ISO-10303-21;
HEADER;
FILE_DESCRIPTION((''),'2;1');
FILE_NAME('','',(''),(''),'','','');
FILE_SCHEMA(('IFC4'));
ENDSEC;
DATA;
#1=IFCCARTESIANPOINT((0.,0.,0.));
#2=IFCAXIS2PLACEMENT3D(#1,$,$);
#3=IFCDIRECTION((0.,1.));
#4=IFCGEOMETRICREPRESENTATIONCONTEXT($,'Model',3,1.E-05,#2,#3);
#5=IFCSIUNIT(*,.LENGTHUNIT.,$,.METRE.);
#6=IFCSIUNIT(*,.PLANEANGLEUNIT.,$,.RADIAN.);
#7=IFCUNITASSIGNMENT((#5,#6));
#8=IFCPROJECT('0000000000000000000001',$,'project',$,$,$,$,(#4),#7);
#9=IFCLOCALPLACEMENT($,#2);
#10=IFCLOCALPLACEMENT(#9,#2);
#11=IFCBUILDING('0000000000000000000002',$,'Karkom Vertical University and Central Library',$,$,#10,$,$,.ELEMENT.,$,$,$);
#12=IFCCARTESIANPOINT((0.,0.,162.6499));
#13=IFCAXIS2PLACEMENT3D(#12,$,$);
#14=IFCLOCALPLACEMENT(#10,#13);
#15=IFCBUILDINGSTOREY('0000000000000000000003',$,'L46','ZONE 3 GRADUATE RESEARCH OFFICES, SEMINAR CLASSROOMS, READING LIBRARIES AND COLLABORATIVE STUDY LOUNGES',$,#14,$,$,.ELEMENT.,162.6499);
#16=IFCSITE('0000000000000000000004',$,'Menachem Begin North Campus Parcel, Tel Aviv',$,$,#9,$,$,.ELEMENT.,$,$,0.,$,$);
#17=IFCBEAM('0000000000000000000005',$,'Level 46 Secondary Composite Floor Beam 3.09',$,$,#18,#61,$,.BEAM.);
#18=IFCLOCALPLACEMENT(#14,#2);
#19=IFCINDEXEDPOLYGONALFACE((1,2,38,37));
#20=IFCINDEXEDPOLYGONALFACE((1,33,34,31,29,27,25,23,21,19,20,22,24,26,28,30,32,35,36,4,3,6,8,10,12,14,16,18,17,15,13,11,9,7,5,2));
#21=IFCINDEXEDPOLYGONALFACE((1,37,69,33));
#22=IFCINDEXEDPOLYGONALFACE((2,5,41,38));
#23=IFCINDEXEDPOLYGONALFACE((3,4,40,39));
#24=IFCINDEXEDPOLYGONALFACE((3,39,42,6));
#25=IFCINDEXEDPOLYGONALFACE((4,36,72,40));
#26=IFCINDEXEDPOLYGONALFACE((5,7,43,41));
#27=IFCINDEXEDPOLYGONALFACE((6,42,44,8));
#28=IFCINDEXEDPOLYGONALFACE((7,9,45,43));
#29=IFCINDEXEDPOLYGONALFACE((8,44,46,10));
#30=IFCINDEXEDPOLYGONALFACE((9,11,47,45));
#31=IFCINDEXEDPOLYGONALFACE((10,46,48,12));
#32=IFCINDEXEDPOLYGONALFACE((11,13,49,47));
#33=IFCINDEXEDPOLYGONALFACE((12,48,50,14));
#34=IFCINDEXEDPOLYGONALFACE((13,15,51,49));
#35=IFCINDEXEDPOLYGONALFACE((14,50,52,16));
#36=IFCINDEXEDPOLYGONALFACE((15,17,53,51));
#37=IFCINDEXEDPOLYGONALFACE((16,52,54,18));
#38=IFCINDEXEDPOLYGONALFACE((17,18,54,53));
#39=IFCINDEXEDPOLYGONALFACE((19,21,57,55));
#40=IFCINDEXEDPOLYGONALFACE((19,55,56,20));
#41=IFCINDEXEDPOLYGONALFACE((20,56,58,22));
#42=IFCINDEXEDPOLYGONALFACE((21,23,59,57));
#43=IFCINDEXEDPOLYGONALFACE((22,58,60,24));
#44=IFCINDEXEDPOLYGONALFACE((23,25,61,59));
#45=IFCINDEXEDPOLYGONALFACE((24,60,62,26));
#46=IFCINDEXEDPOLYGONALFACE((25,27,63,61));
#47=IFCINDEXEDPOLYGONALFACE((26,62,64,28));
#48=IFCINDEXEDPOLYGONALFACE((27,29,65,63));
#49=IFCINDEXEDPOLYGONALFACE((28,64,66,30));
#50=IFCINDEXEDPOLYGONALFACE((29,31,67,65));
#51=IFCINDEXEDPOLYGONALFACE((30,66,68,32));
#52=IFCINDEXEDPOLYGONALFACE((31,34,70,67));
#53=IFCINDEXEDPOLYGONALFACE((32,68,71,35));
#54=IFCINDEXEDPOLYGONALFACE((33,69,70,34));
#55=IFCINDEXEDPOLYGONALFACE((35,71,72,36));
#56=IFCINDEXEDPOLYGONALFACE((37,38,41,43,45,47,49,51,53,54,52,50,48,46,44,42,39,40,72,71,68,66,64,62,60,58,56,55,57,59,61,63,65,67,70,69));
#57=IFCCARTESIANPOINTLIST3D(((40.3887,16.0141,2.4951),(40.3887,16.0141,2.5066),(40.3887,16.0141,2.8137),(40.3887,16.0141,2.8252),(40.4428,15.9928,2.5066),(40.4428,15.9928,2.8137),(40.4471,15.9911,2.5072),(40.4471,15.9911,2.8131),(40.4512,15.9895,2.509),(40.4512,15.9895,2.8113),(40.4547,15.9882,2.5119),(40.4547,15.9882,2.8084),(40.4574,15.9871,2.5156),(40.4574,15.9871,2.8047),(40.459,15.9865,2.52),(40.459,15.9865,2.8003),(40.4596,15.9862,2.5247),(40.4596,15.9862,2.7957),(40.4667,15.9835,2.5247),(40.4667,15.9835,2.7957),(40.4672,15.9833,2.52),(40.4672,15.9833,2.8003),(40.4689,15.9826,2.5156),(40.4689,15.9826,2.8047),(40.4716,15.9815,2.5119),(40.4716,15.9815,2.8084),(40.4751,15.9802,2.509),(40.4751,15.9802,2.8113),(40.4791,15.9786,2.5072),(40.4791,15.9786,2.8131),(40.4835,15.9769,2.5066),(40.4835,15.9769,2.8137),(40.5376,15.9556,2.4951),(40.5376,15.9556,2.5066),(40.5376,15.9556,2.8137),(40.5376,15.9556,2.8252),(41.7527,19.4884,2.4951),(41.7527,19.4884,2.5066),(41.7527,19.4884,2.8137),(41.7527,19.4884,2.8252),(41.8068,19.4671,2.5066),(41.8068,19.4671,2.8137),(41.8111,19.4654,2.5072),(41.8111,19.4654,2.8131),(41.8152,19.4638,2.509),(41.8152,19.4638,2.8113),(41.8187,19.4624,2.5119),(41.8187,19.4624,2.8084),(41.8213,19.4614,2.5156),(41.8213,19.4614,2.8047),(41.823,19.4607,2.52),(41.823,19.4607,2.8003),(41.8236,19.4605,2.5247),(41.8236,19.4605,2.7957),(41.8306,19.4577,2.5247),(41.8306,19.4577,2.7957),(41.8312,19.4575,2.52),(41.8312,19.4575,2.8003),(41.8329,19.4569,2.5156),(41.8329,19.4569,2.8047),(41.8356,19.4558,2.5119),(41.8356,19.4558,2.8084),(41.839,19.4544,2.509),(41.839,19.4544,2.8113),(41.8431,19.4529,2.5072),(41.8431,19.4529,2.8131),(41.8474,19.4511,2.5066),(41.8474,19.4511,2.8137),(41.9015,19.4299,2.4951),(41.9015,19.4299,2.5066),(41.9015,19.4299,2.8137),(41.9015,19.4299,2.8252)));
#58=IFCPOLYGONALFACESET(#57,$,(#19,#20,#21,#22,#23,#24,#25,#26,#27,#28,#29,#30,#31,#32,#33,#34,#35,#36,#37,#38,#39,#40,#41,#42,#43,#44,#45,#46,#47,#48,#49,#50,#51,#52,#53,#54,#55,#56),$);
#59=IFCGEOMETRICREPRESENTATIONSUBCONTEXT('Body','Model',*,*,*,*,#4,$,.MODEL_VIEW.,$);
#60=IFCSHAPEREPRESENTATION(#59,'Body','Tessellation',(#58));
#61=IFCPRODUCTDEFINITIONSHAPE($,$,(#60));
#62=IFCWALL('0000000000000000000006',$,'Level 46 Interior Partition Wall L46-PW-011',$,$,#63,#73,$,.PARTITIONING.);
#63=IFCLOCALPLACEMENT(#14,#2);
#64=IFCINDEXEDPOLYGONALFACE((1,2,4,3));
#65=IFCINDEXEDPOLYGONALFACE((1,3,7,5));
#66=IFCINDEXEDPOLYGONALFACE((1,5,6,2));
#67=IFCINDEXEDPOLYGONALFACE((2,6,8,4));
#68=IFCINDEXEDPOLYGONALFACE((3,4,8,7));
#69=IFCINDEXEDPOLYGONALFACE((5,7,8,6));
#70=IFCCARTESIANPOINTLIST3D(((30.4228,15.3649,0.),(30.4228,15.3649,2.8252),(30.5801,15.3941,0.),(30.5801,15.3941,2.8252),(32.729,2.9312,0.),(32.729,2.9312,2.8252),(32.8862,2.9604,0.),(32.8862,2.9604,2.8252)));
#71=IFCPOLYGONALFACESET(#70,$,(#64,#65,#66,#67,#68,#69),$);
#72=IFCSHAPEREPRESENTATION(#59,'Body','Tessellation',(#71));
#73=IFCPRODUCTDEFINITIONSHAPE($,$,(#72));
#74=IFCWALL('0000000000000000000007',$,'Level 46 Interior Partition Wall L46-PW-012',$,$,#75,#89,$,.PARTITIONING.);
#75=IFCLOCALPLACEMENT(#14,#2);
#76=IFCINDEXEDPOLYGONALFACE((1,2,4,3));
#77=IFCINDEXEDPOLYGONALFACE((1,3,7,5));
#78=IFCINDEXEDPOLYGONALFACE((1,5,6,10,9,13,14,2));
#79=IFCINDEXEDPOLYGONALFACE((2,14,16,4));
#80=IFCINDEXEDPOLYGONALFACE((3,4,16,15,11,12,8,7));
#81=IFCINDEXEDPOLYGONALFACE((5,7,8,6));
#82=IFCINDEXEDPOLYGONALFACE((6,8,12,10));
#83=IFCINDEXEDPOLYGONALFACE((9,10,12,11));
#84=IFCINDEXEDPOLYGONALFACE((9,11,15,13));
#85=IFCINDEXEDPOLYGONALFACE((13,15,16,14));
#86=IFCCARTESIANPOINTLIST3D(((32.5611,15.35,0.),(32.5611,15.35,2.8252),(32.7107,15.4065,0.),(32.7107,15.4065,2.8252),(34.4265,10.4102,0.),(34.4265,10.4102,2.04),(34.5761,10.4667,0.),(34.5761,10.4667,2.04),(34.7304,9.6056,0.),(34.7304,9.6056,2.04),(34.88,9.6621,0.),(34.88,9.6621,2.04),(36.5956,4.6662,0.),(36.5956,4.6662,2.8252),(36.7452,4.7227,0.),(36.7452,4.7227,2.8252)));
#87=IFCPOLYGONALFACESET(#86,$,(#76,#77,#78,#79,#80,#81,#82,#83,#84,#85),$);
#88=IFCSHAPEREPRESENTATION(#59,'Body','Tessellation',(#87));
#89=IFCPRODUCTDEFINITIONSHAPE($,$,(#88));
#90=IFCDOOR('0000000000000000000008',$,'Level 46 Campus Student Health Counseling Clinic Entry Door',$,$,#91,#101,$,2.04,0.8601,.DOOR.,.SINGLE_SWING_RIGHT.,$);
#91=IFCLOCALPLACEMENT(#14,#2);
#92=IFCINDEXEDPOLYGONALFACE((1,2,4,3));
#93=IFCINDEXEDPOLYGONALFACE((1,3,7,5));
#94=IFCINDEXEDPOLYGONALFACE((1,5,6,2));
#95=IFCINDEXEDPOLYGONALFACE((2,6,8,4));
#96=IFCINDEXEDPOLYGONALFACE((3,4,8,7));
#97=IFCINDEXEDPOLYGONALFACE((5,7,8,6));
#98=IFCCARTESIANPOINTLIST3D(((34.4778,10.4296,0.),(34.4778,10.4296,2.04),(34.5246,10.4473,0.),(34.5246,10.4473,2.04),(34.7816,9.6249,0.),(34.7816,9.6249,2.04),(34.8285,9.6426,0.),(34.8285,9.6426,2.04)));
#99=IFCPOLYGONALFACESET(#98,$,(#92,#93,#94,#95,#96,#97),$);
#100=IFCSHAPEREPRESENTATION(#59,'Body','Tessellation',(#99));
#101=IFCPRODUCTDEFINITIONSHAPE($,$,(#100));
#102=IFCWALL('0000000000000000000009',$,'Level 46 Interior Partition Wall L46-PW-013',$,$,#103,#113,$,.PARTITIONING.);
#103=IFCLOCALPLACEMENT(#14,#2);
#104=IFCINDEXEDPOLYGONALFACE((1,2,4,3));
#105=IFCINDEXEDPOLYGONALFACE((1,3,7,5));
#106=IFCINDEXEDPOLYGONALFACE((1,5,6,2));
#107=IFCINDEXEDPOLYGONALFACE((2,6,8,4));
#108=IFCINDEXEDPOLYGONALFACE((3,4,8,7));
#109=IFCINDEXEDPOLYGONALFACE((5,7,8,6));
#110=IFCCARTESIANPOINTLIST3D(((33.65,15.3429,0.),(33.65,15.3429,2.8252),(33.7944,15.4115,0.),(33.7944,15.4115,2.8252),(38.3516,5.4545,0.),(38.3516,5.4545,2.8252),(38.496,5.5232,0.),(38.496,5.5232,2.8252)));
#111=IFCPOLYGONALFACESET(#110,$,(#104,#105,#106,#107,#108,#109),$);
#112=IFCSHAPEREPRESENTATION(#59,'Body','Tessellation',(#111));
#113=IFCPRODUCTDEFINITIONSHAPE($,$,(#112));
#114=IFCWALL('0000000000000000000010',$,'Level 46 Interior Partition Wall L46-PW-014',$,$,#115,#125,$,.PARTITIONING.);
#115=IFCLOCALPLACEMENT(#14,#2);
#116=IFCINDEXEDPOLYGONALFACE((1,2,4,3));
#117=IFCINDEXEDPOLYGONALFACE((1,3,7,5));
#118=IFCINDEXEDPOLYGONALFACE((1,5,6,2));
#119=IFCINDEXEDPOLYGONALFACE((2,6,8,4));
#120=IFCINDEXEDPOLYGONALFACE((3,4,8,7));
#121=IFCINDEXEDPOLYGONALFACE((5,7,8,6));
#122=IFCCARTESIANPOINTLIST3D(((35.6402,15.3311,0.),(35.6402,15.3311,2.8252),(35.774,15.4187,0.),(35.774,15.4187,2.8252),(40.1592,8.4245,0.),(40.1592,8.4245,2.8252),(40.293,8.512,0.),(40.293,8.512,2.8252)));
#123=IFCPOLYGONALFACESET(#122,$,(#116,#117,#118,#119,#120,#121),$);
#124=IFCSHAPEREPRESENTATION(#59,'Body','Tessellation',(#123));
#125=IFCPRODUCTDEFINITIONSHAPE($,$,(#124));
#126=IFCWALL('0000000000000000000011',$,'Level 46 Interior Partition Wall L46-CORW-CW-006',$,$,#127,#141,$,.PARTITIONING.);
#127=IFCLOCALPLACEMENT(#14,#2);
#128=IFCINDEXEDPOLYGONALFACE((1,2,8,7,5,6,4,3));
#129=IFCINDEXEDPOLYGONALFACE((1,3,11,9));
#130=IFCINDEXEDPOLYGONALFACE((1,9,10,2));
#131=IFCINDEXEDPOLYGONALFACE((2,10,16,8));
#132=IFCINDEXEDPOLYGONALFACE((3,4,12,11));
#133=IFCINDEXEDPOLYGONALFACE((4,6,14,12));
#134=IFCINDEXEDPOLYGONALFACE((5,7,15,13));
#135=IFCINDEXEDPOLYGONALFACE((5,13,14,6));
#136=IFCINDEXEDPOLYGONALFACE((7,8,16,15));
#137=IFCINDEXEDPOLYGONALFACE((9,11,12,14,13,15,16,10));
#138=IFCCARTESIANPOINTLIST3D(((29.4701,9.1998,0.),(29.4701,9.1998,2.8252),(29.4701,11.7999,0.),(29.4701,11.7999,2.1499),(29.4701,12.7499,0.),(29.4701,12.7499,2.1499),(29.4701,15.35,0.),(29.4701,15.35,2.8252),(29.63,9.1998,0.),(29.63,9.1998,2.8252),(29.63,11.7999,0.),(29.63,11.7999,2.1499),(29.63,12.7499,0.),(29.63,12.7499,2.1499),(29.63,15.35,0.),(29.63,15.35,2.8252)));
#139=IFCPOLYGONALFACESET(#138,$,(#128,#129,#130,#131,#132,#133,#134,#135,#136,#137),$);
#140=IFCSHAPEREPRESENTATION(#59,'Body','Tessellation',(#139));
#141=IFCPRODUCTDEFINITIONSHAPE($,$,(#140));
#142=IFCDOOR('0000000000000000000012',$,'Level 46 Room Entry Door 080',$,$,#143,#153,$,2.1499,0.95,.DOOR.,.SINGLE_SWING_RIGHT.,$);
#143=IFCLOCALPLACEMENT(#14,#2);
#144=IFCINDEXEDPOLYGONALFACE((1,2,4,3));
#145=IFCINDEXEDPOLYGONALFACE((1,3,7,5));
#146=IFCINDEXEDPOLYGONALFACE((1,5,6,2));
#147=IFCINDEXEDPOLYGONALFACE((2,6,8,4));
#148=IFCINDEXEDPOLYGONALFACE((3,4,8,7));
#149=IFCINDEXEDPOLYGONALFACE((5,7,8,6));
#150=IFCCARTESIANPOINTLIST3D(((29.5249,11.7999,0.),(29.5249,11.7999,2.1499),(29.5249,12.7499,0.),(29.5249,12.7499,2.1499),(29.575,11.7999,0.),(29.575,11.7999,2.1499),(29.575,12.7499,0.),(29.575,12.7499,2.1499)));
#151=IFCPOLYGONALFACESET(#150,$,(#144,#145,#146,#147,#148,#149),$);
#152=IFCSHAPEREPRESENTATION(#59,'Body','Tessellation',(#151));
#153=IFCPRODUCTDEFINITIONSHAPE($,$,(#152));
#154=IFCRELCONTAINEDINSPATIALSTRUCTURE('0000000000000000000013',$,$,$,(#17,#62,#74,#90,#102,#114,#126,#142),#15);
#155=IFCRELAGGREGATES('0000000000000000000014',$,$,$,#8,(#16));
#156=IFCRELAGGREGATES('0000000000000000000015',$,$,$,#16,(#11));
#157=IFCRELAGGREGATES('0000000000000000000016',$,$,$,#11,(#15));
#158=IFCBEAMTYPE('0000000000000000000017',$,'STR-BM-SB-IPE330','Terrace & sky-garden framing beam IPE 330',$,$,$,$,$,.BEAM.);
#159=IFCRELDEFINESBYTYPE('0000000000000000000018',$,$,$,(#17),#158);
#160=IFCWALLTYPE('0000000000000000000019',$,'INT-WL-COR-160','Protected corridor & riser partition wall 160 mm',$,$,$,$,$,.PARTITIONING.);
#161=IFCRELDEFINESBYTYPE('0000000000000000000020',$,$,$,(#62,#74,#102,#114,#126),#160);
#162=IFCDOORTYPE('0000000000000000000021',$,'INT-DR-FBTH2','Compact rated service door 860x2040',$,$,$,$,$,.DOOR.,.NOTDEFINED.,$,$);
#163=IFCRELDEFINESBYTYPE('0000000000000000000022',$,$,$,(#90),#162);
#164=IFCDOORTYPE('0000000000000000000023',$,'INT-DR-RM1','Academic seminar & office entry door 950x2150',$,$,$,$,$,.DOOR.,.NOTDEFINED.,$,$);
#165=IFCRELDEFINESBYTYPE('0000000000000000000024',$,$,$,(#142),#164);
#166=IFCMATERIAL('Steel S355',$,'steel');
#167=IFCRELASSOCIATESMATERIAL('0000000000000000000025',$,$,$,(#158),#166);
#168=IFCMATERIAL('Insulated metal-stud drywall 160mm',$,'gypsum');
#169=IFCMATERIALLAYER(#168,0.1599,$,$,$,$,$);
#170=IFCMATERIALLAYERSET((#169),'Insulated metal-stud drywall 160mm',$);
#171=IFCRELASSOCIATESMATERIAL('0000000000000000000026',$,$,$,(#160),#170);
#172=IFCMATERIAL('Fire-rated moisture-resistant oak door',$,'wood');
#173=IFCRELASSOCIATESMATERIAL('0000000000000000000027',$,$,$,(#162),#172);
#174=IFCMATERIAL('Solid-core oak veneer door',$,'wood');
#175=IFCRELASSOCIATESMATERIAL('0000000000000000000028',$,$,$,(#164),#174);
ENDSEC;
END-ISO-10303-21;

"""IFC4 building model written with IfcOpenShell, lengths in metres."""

from ifc_helpers import new_model, si_unit, direction, frame, frame_2d, origin, origin_with_axes, origin_2d, place, context, subcontext, project, spatial, rectangle, i_section, extrude, source, transform, mapped, material, layer, layer_set, material_profile, profile_set, type_object, element, fill, save


model = new_model("IFC4")

# Units and contexts
model_context = context("Model", 3, precision=1e-05, world=origin(), true_north=direction((0.0, 1.0)))
body_context = subcontext(model_context, "Body", "Model", "MODEL_VIEW")
ifc_project = project(units=[si_unit("LENGTHUNIT", "METRE"), si_unit("PLANEANGLEUNIT", "RADIAN")], contexts=[model_context])

# Site, building, storey
site_placement = place(None, origin())
site = spatial("IfcSite", under=ifc_project, at=site_placement, Name="Menachem Begin North Campus Parcel, Tel Aviv", CompositionType="ELEMENT", RefElevation=0.0)
building_placement = place(site_placement, origin())
building = spatial("IfcBuilding", under=site, at=building_placement, Name="Karkom Vertical University and Central Library", CompositionType="ELEMENT")
storey_placement = place(building_placement, frame((0.0, 0.0, 162.6499)))
storey = spatial("IfcBuildingStorey", under=building, at=storey_placement, Name="L46", Description="ZONE 3 GRADUATE RESEARCH OFFICES, SEMINAR CLASSROOMS, READING LIBRARIES AND COLLABORATIVE STUDY LOUNGES", CompositionType="ELEMENT", Elevation=162.6499)

# Beam
ifc_material_1 = material(Name="Steel S355", Category="steel")
ifc_material_profile_1 = material_profile(ifc_material_1, i_section(OverallWidth=0.1599, OverallDepth=0.3301, WebThickness=0.0076, FlangeThickness=0.0115, FilletRadius=0.0181, at=origin_2d()), Name="IPE 330")
ifc_profile_set_1 = profile_set([ifc_material_profile_1], Name="Steel S355")
beam_type_1 = type_object("IfcBeamType", Name="STR-BM-SB-IPE330", Description="Terrace & sky-garden framing beam IPE 330", PredefinedType="BEAM", material=ifc_profile_set_1)
shared_shape_1 = source(origin_with_axes(), body_context, "Body", "SweptSolid", [
    extrude(i_section(OverallWidth=0.1599, OverallDepth=0.3301, WebThickness=0.0076, FlangeThickness=0.0115, FilletRadius=0.0181, at=origin_2d()), origin(), (0.0, 0.0, 1.0), 3.7324),
])
beam_1_placement = place(storey_placement, frame((40.4631, 15.9849, 2.6602), z_axis=(0.36544, 0.930835, 0.0), x_axis=(-0.930835, 0.36544, 0.0)))
element("IfcBeam", 1, at=beam_1_placement, inside=storey, type_object=beam_type_1, Name="Level 46 Secondary Composite Floor Beam 3.09", PredefinedType="BEAM", context=body_context, shape_type="MappedRepresentation", body=[
    mapped(shared_shape_1, transform((0.0, 0.0, 0.0), scale=1.0)),
])

# Wall
ifc_material_2 = material(Name="Insulated metal-stud drywall 160mm", Category="gypsum")
ifc_layer = layer(ifc_material_2, 0.1599)
ifc_layer_set = layer_set([ifc_layer], Name="Insulated metal-stud drywall 160mm")
wall_type = type_object("IfcWallType", Name="INT-WL-COR-160", Description="Protected corridor & riser partition wall 160 mm", PredefinedType="PARTITIONING", material=ifc_layer_set)
wall_1_placement = place(storey_placement, frame((30.5015, 15.3794, 0.0), z_axis=(0.0, 0.0, 1.0), x_axis=(0.182367, -0.98323, 0.0)))
element("IfcWall", 2, at=wall_1_placement, inside=storey, type_object=wall_type, Name="Level 46 Interior Partition Wall L46-PW-011", PredefinedType="PARTITIONING", context=body_context, shape_type="SweptSolid", body=[
    extrude(rectangle(XDim=12.6458, YDim=0.1599, at=frame_2d((6.3228, 0.0))), origin(), (0.0, 0.0, 1.0), 2.8252),
])

# Wall, opening, door
wall_2_placement = place(storey_placement, frame((32.636, 15.3782, 0.0), z_axis=(0.0, 0.0, 1.0), x_axis=(0.353271, -0.935521, 0.0)))
wall_2 = element("IfcWall", 3, at=wall_2_placement, inside=storey, type_object=wall_type, Name="Level 46 Interior Partition Wall L46-PW-012", PredefinedType="PARTITIONING", context=body_context, shape_type="SweptSolid", body=[
    extrude(rectangle(XDim=11.4202, YDim=0.1599, at=frame_2d((5.71, 0.0))), origin(), (0.0, 0.0, 1.0), 2.8252),
])
opening_1_placement = place(wall_2_placement, frame((5.28, 0.0, 0.0)))
opening_1 = element("IfcOpeningElement", 4, at=opening_1_placement, cuts=wall_2, PredefinedType="OPENING", context=body_context, shape_type="SweptSolid", body=[
    extrude(rectangle(XDim=0.8601, YDim=2.04, at=frame_2d((0.4302, 1.02))), frame((0.0, 0.0898, 0.0), z_axis=(0.0, -1.0, 0.0), x_axis=(1.0, 0.0, 0.0)), (0.0, 0.0, 1.0), 0.1799),
])
ifc_material_3 = material(Name="Fire-rated moisture-resistant oak door", Category="wood")
door_type_1 = type_object("IfcDoorType", Name="INT-DR-FBTH2", Description="Compact rated service door 860x2040", OperationType="NOTDEFINED", PredefinedType="DOOR", material=ifc_material_3)
shared_shape_2 = source(origin_with_axes(), body_context, "Body", "SweptSolid", [
    extrude(rectangle(XDim=0.8601, YDim=2.04, at=frame_2d((0.4302, 1.02))), frame((0.0, 0.0249, 0.0), z_axis=(0.0, -1.0, 0.0), x_axis=(1.0, 0.0, 0.0)), (0.0, 0.0, 1.0), 0.05),
])
door_1_placement = place(opening_1_placement, origin())
door_1 = element("IfcDoor", 5, at=door_1_placement, inside=storey, type_object=door_type_1, Name="Level 46 Campus Student Health Counseling Clinic Entry Door", OperationType="SINGLE_SWING_RIGHT", OverallHeight=2.04, OverallWidth=0.8601, PredefinedType="DOOR", context=body_context, shape_type="MappedRepresentation", body=[
    mapped(shared_shape_2, transform((0.0, 0.0, 0.0), scale=1.0)),
])
fill(opening_1, door_1)

# Wall
wall_3_placement = place(storey_placement, frame((33.7222, 15.3772, 0.0), z_axis=(0.0, 0.0, 1.0), x_axis=(0.429404, -0.903113, 0.0)))
element("IfcWall", 6, at=wall_3_placement, inside=storey, type_object=wall_type, Name="Level 46 Interior Partition Wall L46-PW-013", PredefinedType="PARTITIONING", context=body_context, shape_type="SweptSolid", body=[
    extrude(rectangle(XDim=10.9492, YDim=0.1599, at=frame_2d((5.4746, 0.0))), origin(), (0.0, 0.0, 1.0), 2.8252),
])

# Shared definitions
ifc_material_4 = material(Name="Solid-core oak veneer door", Category="wood")
door_type_2 = type_object("IfcDoorType", Name="INT-DR-RM1", Description="Academic seminar & office entry door 950x2150", OperationType="NOTDEFINED", PredefinedType="DOOR", material=ifc_material_4)
shared_shape_3 = source(origin_with_axes(), body_context, "Body", "SweptSolid", [
    extrude(rectangle(XDim=0.95, YDim=2.1499, at=frame_2d((0.4751, 1.075))), frame((0.0, 0.0249, 0.0), z_axis=(0.0, -1.0, 0.0), x_axis=(1.0, 0.0, 0.0)), (0.0, 0.0, 1.0), 0.05),
])

# Wall
wall_4_placement = place(storey_placement, frame((35.707, 15.375, 0.0), z_axis=(0.0, 0.0, 1.0), x_axis=(0.547512, -0.836798, 0.0)))
element("IfcWall", 7, at=wall_4_placement, inside=storey, type_object=wall_type, Name="Level 46 Interior Partition Wall L46-PW-014", PredefinedType="PARTITIONING", context=body_context, shape_type="SweptSolid", body=[
    extrude(rectangle(XDim=8.2537, YDim=0.1599, at=frame_2d((4.127, 0.0))), origin(), (0.0, 0.0, 1.0), 2.8252),
])

# Wall, opening, door
wall_5_placement = place(storey_placement, frame((29.55, 15.3501, 0.0), z_axis=(0.0, 0.0, 1.0), x_axis=(0.0, -1.0, 0.0)))
wall_5 = element("IfcWall", 8, at=wall_5_placement, inside=storey, type_object=wall_type, Name="Level 46 Interior Partition Wall L46-CORW-CW-006", PredefinedType="PARTITIONING", context=body_context, shape_type="SweptSolid", body=[
    extrude(rectangle(XDim=6.1501, YDim=0.1599, at=frame_2d((3.0752, 0.0))), origin(), (0.0, 0.0, 1.0), 2.8252),
])
opening_2_placement = place(wall_5_placement, frame((2.6001, 0.0, 0.0)))
opening_2 = element("IfcOpeningElement", 9, at=opening_2_placement, cuts=wall_5, PredefinedType="OPENING", context=body_context, shape_type="SweptSolid", body=[
    extrude(rectangle(XDim=0.95, YDim=2.1499, at=frame_2d((0.4751, 1.075))), frame((0.0, 0.0898, 0.0), z_axis=(0.0, -1.0, 0.0), x_axis=(1.0, 0.0, 0.0)), (0.0, 0.0, 1.0), 0.1799),
])
door_2_placement = place(opening_2_placement, origin())
door_2 = element("IfcDoor", 10, at=door_2_placement, inside=storey, type_object=door_type_2, Name="Level 46 Room Entry Door 080", OperationType="SINGLE_SWING_RIGHT", OverallHeight=2.1499, OverallWidth=0.95, PredefinedType="DOOR", context=body_context, shape_type="MappedRepresentation", body=[
    mapped(shared_shape_3, transform((0.0, 0.0, 0.0), scale=1.0)),
])
fill(opening_2, door_2)

save(model, "model.ifc")
